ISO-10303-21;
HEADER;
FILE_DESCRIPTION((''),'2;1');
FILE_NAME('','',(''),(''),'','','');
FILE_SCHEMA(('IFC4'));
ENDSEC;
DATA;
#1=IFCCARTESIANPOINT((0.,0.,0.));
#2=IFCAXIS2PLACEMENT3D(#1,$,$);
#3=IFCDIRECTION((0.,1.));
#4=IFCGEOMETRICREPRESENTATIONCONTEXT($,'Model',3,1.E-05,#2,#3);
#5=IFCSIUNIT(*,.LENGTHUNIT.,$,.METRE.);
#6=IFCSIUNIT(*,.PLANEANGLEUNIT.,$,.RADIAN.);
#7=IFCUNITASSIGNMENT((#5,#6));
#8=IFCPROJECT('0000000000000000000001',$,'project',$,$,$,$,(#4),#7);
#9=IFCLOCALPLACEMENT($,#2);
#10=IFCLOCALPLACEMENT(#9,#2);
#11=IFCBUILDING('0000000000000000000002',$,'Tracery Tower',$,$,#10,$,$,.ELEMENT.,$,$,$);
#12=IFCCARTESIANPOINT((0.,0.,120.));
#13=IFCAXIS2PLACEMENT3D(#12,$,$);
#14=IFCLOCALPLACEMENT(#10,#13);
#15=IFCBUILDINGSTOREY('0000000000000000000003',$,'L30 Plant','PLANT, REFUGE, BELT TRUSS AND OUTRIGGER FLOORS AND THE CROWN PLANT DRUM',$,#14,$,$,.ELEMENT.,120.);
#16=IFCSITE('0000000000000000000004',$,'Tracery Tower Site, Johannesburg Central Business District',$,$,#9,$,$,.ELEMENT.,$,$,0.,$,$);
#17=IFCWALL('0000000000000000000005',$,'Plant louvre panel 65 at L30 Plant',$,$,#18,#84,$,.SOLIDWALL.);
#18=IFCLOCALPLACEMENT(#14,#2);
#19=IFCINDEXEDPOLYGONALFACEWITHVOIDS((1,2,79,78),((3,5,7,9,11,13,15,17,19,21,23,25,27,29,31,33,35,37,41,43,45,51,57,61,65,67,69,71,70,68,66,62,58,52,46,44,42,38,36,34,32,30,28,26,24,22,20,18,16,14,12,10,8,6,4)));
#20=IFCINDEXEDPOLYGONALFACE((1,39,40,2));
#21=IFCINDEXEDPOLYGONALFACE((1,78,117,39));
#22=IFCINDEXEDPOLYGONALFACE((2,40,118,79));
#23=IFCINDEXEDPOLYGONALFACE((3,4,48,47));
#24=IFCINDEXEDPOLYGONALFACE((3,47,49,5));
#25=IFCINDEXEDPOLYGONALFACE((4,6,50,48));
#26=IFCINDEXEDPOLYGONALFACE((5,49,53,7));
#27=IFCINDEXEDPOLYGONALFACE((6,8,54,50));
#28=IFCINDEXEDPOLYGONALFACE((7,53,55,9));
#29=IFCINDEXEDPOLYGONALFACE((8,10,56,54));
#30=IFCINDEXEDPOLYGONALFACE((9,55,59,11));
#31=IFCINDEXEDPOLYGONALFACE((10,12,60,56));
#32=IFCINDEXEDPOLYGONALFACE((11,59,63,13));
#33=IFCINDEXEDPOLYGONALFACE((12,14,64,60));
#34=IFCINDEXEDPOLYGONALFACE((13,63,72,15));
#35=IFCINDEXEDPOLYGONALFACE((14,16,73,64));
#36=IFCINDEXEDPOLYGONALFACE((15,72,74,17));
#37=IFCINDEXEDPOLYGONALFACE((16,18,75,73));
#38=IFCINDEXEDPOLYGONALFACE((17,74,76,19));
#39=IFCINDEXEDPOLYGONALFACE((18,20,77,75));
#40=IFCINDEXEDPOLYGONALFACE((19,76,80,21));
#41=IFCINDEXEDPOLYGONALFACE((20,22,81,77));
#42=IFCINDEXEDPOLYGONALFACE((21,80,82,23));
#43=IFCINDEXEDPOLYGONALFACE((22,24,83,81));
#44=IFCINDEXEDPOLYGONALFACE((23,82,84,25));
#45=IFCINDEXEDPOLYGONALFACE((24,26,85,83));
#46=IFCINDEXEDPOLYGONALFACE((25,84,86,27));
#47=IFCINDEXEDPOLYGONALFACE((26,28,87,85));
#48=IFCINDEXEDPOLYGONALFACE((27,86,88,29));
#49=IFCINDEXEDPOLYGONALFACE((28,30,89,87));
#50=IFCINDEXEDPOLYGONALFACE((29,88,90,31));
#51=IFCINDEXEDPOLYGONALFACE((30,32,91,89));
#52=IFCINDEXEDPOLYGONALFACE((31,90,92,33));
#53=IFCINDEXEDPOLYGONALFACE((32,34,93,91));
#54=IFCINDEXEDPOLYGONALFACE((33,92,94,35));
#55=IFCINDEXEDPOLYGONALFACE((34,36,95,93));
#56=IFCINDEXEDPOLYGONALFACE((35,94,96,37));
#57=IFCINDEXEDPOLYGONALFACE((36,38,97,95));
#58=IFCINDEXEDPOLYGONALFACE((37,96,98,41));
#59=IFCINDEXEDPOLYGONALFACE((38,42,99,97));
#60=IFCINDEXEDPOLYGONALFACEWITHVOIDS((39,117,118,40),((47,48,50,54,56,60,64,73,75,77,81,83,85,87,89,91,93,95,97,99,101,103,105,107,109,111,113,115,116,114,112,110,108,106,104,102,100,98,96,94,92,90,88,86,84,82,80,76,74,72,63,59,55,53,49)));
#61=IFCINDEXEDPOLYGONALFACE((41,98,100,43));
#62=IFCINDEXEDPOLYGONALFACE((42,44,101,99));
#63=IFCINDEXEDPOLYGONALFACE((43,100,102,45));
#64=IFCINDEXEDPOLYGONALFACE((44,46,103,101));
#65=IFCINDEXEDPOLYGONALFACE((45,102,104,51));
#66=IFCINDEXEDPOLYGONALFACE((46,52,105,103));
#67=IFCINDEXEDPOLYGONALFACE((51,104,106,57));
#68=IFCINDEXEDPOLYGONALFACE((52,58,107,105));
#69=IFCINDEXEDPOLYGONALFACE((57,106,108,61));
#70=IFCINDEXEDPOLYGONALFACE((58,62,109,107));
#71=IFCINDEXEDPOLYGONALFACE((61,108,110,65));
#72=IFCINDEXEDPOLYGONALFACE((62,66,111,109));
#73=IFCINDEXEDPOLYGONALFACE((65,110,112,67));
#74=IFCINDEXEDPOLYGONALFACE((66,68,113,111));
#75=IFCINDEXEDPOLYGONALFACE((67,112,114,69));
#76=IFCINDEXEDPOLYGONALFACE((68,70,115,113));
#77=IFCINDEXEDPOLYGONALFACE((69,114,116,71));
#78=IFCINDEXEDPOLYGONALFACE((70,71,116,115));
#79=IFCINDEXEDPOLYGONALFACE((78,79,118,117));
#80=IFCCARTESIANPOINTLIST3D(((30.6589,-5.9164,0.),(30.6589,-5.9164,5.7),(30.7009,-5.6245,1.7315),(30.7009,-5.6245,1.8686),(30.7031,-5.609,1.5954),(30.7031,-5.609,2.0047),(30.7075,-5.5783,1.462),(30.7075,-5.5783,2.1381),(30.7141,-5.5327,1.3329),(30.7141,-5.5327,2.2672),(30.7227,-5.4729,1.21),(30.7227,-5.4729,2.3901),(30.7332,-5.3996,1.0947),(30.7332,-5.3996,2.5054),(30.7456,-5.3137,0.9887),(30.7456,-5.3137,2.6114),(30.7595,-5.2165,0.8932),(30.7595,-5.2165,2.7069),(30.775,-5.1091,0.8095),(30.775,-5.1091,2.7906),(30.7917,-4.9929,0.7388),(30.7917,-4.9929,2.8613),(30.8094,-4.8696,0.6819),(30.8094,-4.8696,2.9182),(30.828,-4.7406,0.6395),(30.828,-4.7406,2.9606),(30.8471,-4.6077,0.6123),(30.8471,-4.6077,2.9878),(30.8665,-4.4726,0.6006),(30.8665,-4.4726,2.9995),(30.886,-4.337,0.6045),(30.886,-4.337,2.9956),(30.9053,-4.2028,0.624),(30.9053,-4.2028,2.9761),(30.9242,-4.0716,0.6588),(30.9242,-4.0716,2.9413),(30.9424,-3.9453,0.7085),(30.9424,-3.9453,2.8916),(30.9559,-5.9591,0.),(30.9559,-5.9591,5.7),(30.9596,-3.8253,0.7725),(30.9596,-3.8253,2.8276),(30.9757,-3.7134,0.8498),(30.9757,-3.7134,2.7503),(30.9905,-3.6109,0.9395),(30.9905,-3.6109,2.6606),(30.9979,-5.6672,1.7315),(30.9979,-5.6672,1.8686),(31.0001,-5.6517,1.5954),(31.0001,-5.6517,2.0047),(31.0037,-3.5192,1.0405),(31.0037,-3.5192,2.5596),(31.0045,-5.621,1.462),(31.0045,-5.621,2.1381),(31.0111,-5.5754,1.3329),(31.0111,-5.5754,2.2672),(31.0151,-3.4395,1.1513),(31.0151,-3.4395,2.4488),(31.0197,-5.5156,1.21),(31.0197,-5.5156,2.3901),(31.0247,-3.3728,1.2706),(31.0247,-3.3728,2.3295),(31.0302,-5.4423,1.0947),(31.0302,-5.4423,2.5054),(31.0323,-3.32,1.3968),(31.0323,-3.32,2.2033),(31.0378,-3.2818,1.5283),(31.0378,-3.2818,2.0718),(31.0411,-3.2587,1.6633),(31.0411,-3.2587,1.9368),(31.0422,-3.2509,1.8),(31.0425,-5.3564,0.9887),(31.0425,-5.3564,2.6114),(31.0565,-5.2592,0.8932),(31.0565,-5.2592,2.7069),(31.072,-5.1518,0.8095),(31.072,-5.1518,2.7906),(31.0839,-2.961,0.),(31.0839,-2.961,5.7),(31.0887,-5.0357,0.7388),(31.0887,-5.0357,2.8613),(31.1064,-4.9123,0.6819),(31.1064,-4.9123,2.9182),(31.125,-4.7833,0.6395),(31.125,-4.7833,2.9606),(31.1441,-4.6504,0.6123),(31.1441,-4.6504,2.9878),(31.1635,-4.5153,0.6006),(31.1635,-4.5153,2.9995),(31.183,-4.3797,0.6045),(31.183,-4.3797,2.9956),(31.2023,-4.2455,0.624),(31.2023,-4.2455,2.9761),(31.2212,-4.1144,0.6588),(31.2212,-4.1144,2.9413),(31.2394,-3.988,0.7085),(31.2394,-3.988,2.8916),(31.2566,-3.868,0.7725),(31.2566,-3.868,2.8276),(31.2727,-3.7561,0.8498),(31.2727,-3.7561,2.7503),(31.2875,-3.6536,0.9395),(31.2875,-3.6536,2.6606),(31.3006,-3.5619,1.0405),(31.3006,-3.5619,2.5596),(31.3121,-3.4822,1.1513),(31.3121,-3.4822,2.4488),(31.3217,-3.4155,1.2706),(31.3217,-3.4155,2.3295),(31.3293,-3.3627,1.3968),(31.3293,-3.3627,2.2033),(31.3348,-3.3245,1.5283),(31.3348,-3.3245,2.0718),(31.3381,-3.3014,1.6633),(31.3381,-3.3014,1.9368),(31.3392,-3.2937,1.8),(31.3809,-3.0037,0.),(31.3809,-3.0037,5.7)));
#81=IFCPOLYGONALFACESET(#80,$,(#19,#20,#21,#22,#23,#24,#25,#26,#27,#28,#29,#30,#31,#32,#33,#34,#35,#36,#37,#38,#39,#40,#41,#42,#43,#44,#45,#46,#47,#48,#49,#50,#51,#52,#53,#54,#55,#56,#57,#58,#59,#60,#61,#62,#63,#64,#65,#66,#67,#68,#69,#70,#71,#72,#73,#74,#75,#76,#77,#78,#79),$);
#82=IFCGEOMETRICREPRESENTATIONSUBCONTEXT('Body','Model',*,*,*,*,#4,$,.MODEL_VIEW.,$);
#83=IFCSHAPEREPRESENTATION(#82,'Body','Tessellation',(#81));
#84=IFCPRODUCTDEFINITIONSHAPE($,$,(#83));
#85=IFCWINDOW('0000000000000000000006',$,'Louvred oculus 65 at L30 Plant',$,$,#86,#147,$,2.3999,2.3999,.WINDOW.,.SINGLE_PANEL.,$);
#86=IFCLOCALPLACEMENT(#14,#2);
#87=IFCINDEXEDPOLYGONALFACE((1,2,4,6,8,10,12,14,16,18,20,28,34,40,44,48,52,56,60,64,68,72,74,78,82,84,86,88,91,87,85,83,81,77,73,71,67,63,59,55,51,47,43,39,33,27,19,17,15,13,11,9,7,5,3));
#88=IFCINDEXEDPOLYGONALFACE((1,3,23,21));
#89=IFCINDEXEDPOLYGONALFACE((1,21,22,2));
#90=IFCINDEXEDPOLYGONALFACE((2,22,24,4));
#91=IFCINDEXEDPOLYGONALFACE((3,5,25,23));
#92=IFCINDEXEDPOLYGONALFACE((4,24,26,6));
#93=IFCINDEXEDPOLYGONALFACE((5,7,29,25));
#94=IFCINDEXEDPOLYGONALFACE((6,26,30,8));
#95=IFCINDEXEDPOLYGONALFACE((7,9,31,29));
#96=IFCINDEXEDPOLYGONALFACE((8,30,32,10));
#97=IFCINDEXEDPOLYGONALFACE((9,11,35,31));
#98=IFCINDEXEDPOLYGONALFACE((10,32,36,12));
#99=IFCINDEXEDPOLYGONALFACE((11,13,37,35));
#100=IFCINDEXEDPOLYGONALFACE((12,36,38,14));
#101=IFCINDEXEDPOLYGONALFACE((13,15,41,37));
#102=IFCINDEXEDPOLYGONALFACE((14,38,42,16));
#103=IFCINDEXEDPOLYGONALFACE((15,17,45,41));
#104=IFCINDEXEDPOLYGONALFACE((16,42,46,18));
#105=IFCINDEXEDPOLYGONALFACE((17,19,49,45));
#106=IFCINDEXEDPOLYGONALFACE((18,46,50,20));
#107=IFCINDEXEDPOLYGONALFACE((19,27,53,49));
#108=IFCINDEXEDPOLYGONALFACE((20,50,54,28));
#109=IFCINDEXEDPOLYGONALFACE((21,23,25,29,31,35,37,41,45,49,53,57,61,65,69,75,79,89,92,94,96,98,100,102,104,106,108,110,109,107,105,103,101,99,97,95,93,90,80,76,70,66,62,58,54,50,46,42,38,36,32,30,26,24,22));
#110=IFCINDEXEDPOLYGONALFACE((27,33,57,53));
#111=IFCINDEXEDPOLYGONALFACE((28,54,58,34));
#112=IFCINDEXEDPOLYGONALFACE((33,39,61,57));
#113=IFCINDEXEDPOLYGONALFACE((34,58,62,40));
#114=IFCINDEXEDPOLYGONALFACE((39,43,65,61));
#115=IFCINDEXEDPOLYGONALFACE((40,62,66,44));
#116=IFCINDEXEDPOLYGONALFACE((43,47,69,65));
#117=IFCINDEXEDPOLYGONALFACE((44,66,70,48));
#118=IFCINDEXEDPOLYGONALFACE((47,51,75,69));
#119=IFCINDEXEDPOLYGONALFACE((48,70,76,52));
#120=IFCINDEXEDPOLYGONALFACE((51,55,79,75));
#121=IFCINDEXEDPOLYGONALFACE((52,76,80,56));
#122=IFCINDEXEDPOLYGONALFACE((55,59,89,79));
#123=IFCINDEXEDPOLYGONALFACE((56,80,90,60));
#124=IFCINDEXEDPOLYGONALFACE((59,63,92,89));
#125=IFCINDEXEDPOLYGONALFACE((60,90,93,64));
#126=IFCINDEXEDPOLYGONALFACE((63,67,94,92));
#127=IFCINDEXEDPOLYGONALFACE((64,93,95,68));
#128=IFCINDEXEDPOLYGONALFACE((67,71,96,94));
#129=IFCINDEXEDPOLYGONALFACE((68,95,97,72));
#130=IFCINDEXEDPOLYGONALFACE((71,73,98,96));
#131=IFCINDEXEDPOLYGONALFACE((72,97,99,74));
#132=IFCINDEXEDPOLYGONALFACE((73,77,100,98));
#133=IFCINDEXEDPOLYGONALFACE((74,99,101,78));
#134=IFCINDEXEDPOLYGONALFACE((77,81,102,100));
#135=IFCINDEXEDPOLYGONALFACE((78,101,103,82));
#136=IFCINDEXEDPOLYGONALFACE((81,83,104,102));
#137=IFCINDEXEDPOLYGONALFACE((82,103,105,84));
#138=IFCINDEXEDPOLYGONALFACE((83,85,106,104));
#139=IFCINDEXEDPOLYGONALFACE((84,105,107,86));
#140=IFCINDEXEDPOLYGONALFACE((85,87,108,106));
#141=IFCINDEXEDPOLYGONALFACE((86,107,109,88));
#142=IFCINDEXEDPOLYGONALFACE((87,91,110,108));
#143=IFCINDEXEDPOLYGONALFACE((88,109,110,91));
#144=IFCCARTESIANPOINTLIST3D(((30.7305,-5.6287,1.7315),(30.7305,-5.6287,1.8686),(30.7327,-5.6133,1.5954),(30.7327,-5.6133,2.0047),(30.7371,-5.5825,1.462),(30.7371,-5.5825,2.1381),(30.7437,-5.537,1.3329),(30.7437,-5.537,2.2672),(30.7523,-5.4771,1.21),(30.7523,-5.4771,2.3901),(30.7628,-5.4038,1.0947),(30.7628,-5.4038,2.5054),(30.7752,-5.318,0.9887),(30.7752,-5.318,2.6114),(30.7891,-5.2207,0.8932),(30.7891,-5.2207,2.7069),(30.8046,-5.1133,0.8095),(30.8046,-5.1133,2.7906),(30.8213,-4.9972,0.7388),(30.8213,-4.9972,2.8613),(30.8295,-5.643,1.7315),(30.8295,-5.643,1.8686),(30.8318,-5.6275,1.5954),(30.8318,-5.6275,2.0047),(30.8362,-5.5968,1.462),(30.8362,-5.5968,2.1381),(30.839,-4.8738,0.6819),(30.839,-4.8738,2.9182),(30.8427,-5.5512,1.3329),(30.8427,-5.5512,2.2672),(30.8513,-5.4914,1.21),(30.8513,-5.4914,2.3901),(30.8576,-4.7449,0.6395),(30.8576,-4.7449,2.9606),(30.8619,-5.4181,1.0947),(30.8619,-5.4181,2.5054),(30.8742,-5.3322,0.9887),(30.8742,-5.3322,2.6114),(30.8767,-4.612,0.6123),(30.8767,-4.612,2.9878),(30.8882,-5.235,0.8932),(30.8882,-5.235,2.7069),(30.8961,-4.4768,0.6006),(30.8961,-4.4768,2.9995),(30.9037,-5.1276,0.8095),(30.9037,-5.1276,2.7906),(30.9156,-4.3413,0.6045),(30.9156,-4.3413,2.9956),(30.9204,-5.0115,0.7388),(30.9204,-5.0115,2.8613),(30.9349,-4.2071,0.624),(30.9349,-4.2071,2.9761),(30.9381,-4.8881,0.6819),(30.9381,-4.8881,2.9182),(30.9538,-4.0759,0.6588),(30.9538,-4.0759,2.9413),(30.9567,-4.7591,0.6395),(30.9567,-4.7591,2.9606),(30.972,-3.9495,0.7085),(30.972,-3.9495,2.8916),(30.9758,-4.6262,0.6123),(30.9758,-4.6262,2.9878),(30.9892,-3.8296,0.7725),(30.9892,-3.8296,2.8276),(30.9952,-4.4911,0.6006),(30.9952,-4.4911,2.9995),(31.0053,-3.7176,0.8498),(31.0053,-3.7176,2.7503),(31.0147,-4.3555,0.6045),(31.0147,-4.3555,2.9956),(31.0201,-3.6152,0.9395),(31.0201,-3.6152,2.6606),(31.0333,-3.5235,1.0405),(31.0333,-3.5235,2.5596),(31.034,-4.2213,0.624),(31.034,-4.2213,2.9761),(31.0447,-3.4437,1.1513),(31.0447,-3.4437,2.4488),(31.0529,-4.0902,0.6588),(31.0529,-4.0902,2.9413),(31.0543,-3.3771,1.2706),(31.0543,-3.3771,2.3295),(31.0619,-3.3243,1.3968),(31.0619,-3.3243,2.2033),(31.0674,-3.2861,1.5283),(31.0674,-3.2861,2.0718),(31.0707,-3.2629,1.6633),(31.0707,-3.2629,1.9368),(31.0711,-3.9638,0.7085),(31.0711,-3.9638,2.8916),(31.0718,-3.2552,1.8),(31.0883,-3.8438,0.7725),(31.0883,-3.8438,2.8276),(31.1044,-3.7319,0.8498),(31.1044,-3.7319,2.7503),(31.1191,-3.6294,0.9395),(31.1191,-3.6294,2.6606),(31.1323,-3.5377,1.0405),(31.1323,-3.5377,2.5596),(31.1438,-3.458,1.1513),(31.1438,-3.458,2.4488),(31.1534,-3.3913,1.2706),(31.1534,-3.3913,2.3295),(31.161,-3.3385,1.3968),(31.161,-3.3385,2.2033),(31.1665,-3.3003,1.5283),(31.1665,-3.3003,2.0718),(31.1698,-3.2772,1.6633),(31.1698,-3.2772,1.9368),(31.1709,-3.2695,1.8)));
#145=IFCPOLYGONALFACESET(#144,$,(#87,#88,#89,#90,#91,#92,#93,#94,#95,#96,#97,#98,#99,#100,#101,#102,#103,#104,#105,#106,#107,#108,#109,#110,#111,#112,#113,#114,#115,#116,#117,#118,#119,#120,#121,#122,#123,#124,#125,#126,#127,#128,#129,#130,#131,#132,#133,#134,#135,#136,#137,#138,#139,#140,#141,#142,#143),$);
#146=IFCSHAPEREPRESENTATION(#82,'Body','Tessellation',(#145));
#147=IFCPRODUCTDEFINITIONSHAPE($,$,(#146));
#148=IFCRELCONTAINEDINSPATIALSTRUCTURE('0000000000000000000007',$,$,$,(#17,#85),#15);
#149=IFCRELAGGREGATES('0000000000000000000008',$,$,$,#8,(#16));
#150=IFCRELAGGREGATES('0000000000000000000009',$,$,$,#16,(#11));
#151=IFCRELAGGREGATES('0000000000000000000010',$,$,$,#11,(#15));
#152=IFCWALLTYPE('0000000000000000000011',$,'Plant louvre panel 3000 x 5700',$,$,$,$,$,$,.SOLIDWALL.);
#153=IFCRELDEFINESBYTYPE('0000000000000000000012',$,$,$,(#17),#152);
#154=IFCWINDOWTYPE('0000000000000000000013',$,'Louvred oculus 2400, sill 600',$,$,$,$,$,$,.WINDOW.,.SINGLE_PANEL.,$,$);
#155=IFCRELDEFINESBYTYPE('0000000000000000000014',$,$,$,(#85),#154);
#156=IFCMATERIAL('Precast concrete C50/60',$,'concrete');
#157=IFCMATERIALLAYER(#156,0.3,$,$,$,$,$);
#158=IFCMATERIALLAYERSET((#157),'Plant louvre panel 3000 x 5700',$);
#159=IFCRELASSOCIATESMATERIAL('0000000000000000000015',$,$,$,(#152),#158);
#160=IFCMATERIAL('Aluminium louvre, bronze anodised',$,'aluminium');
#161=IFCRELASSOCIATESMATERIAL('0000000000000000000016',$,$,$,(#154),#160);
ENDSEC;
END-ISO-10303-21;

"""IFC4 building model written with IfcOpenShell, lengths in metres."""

from ifc_helpers import new_model, si_unit, direction, frame, frame_2d, origin, origin_2d, place, context, subcontext, project, spatial, rectangle, circle, extrude, material, layer, layer_set, type_object, element, fill, save


model = new_model("IFC4")

# Units and contexts
model_context = context("Model", 3, precision=1e-05, world=origin(), true_north=direction((0.0, 1.0)))
body_context = subcontext(model_context, "Body", "Model", "MODEL_VIEW")
ifc_project = project(units=[si_unit("LENGTHUNIT", "METRE"), si_unit("PLANEANGLEUNIT", "RADIAN")], contexts=[model_context])

# Site, building, storey
site_placement = place(None, origin())
site = spatial("IfcSite", under=ifc_project, at=site_placement, Name="Tracery Tower Site, Johannesburg Central Business District", CompositionType="ELEMENT", RefElevation=0.0)
building_placement = place(site_placement, origin())
building = spatial("IfcBuilding", under=site, at=building_placement, Name="Tracery Tower", CompositionType="ELEMENT")
storey_placement = place(building_placement, frame((0.0, 0.0, 120.0)))
storey = spatial("IfcBuildingStorey", under=building, at=storey_placement, Name="L30 Plant", Description="PLANT, REFUGE, BELT TRUSS AND OUTRIGGER FLOORS AND THE CROWN PLANT DRUM", CompositionType="ELEMENT", Elevation=120.0)

# Wall, opening, window
ifc_material_1 = material(Name="Precast concrete C50/60", Category="concrete")
ifc_layer_1 = layer(ifc_material_1, 0.3)
ifc_layer_set_1 = layer_set([ifc_layer_1], Name="Plant louvre panel 3000 x 5700")
wall_type_1 = type_object("IfcWallType", Name="Plant louvre panel 3000 x 5700", PredefinedType="SOLIDWALL", material=ifc_layer_set_1)
ifc_material_2 = material(Name="Aluminium louvre, bronze anodised", Category="aluminium")
window_type = type_object("IfcWindowType", Name="Louvred oculus 2400, sill 600", PartitioningType="SINGLE_PANEL", PredefinedType="WINDOW", material=ifc_material_2)
wall_1_placement = place(storey_placement, frame((30.8074, -5.9377, 0.0), z_axis=(0.0, 0.0, 1.0), x_axis=(0.14236, 0.989815, 0.0)))
wall_1 = element("IfcWall", 1, at=wall_1_placement, inside=storey, type_object=wall_type_1, Name="Plant louvre panel 65 at L30 Plant", PredefinedType="SOLIDWALL", context=body_context, shape_type="SweptSolid", body=[
    extrude(rectangle(XDim=2.9858, YDim=0.3, at=frame_2d((1.4929, 0.0))), origin(), (0.0, 0.0, 1.0), 5.7),
])
opening_1_placement = place(wall_1_placement, frame((1.4929, 0.0, 1.8)))
opening_1 = element("IfcOpeningElement", 2, at=opening_1_placement, cuts=wall_1, PredefinedType="OPENING", context=body_context, shape_type="SweptSolid", body=[
    extrude(circle(Radius=1.2, at=origin_2d()), frame((0.0, 0.1599, 0.0), z_axis=(0.0, -1.0, 0.0), x_axis=(1.0, 0.0, 0.0)), (0.0, 0.0, 1.0), 0.3201),
])
window_1_placement = place(opening_1_placement, origin())
window_1 = element("IfcWindow", 3, at=window_1_placement, inside=storey, type_object=window_type, Name="Louvred oculus 65 at L30 Plant", OverallHeight=2.3999, OverallWidth=2.3999, PartitioningType="SINGLE_PANEL", PredefinedType="WINDOW", context=body_context, shape_type="SweptSolid", body=[
    extrude(circle(Radius=1.2, at=origin_2d()), frame((0.0, 0.1201, 0.0), z_axis=(0.0, -1.0, 0.0), x_axis=(1.0, 0.0, 0.0)), (0.0, 0.0, 1.0), 0.1001),
])
fill(opening_1, window_1)

save(model, "model.ifc")
